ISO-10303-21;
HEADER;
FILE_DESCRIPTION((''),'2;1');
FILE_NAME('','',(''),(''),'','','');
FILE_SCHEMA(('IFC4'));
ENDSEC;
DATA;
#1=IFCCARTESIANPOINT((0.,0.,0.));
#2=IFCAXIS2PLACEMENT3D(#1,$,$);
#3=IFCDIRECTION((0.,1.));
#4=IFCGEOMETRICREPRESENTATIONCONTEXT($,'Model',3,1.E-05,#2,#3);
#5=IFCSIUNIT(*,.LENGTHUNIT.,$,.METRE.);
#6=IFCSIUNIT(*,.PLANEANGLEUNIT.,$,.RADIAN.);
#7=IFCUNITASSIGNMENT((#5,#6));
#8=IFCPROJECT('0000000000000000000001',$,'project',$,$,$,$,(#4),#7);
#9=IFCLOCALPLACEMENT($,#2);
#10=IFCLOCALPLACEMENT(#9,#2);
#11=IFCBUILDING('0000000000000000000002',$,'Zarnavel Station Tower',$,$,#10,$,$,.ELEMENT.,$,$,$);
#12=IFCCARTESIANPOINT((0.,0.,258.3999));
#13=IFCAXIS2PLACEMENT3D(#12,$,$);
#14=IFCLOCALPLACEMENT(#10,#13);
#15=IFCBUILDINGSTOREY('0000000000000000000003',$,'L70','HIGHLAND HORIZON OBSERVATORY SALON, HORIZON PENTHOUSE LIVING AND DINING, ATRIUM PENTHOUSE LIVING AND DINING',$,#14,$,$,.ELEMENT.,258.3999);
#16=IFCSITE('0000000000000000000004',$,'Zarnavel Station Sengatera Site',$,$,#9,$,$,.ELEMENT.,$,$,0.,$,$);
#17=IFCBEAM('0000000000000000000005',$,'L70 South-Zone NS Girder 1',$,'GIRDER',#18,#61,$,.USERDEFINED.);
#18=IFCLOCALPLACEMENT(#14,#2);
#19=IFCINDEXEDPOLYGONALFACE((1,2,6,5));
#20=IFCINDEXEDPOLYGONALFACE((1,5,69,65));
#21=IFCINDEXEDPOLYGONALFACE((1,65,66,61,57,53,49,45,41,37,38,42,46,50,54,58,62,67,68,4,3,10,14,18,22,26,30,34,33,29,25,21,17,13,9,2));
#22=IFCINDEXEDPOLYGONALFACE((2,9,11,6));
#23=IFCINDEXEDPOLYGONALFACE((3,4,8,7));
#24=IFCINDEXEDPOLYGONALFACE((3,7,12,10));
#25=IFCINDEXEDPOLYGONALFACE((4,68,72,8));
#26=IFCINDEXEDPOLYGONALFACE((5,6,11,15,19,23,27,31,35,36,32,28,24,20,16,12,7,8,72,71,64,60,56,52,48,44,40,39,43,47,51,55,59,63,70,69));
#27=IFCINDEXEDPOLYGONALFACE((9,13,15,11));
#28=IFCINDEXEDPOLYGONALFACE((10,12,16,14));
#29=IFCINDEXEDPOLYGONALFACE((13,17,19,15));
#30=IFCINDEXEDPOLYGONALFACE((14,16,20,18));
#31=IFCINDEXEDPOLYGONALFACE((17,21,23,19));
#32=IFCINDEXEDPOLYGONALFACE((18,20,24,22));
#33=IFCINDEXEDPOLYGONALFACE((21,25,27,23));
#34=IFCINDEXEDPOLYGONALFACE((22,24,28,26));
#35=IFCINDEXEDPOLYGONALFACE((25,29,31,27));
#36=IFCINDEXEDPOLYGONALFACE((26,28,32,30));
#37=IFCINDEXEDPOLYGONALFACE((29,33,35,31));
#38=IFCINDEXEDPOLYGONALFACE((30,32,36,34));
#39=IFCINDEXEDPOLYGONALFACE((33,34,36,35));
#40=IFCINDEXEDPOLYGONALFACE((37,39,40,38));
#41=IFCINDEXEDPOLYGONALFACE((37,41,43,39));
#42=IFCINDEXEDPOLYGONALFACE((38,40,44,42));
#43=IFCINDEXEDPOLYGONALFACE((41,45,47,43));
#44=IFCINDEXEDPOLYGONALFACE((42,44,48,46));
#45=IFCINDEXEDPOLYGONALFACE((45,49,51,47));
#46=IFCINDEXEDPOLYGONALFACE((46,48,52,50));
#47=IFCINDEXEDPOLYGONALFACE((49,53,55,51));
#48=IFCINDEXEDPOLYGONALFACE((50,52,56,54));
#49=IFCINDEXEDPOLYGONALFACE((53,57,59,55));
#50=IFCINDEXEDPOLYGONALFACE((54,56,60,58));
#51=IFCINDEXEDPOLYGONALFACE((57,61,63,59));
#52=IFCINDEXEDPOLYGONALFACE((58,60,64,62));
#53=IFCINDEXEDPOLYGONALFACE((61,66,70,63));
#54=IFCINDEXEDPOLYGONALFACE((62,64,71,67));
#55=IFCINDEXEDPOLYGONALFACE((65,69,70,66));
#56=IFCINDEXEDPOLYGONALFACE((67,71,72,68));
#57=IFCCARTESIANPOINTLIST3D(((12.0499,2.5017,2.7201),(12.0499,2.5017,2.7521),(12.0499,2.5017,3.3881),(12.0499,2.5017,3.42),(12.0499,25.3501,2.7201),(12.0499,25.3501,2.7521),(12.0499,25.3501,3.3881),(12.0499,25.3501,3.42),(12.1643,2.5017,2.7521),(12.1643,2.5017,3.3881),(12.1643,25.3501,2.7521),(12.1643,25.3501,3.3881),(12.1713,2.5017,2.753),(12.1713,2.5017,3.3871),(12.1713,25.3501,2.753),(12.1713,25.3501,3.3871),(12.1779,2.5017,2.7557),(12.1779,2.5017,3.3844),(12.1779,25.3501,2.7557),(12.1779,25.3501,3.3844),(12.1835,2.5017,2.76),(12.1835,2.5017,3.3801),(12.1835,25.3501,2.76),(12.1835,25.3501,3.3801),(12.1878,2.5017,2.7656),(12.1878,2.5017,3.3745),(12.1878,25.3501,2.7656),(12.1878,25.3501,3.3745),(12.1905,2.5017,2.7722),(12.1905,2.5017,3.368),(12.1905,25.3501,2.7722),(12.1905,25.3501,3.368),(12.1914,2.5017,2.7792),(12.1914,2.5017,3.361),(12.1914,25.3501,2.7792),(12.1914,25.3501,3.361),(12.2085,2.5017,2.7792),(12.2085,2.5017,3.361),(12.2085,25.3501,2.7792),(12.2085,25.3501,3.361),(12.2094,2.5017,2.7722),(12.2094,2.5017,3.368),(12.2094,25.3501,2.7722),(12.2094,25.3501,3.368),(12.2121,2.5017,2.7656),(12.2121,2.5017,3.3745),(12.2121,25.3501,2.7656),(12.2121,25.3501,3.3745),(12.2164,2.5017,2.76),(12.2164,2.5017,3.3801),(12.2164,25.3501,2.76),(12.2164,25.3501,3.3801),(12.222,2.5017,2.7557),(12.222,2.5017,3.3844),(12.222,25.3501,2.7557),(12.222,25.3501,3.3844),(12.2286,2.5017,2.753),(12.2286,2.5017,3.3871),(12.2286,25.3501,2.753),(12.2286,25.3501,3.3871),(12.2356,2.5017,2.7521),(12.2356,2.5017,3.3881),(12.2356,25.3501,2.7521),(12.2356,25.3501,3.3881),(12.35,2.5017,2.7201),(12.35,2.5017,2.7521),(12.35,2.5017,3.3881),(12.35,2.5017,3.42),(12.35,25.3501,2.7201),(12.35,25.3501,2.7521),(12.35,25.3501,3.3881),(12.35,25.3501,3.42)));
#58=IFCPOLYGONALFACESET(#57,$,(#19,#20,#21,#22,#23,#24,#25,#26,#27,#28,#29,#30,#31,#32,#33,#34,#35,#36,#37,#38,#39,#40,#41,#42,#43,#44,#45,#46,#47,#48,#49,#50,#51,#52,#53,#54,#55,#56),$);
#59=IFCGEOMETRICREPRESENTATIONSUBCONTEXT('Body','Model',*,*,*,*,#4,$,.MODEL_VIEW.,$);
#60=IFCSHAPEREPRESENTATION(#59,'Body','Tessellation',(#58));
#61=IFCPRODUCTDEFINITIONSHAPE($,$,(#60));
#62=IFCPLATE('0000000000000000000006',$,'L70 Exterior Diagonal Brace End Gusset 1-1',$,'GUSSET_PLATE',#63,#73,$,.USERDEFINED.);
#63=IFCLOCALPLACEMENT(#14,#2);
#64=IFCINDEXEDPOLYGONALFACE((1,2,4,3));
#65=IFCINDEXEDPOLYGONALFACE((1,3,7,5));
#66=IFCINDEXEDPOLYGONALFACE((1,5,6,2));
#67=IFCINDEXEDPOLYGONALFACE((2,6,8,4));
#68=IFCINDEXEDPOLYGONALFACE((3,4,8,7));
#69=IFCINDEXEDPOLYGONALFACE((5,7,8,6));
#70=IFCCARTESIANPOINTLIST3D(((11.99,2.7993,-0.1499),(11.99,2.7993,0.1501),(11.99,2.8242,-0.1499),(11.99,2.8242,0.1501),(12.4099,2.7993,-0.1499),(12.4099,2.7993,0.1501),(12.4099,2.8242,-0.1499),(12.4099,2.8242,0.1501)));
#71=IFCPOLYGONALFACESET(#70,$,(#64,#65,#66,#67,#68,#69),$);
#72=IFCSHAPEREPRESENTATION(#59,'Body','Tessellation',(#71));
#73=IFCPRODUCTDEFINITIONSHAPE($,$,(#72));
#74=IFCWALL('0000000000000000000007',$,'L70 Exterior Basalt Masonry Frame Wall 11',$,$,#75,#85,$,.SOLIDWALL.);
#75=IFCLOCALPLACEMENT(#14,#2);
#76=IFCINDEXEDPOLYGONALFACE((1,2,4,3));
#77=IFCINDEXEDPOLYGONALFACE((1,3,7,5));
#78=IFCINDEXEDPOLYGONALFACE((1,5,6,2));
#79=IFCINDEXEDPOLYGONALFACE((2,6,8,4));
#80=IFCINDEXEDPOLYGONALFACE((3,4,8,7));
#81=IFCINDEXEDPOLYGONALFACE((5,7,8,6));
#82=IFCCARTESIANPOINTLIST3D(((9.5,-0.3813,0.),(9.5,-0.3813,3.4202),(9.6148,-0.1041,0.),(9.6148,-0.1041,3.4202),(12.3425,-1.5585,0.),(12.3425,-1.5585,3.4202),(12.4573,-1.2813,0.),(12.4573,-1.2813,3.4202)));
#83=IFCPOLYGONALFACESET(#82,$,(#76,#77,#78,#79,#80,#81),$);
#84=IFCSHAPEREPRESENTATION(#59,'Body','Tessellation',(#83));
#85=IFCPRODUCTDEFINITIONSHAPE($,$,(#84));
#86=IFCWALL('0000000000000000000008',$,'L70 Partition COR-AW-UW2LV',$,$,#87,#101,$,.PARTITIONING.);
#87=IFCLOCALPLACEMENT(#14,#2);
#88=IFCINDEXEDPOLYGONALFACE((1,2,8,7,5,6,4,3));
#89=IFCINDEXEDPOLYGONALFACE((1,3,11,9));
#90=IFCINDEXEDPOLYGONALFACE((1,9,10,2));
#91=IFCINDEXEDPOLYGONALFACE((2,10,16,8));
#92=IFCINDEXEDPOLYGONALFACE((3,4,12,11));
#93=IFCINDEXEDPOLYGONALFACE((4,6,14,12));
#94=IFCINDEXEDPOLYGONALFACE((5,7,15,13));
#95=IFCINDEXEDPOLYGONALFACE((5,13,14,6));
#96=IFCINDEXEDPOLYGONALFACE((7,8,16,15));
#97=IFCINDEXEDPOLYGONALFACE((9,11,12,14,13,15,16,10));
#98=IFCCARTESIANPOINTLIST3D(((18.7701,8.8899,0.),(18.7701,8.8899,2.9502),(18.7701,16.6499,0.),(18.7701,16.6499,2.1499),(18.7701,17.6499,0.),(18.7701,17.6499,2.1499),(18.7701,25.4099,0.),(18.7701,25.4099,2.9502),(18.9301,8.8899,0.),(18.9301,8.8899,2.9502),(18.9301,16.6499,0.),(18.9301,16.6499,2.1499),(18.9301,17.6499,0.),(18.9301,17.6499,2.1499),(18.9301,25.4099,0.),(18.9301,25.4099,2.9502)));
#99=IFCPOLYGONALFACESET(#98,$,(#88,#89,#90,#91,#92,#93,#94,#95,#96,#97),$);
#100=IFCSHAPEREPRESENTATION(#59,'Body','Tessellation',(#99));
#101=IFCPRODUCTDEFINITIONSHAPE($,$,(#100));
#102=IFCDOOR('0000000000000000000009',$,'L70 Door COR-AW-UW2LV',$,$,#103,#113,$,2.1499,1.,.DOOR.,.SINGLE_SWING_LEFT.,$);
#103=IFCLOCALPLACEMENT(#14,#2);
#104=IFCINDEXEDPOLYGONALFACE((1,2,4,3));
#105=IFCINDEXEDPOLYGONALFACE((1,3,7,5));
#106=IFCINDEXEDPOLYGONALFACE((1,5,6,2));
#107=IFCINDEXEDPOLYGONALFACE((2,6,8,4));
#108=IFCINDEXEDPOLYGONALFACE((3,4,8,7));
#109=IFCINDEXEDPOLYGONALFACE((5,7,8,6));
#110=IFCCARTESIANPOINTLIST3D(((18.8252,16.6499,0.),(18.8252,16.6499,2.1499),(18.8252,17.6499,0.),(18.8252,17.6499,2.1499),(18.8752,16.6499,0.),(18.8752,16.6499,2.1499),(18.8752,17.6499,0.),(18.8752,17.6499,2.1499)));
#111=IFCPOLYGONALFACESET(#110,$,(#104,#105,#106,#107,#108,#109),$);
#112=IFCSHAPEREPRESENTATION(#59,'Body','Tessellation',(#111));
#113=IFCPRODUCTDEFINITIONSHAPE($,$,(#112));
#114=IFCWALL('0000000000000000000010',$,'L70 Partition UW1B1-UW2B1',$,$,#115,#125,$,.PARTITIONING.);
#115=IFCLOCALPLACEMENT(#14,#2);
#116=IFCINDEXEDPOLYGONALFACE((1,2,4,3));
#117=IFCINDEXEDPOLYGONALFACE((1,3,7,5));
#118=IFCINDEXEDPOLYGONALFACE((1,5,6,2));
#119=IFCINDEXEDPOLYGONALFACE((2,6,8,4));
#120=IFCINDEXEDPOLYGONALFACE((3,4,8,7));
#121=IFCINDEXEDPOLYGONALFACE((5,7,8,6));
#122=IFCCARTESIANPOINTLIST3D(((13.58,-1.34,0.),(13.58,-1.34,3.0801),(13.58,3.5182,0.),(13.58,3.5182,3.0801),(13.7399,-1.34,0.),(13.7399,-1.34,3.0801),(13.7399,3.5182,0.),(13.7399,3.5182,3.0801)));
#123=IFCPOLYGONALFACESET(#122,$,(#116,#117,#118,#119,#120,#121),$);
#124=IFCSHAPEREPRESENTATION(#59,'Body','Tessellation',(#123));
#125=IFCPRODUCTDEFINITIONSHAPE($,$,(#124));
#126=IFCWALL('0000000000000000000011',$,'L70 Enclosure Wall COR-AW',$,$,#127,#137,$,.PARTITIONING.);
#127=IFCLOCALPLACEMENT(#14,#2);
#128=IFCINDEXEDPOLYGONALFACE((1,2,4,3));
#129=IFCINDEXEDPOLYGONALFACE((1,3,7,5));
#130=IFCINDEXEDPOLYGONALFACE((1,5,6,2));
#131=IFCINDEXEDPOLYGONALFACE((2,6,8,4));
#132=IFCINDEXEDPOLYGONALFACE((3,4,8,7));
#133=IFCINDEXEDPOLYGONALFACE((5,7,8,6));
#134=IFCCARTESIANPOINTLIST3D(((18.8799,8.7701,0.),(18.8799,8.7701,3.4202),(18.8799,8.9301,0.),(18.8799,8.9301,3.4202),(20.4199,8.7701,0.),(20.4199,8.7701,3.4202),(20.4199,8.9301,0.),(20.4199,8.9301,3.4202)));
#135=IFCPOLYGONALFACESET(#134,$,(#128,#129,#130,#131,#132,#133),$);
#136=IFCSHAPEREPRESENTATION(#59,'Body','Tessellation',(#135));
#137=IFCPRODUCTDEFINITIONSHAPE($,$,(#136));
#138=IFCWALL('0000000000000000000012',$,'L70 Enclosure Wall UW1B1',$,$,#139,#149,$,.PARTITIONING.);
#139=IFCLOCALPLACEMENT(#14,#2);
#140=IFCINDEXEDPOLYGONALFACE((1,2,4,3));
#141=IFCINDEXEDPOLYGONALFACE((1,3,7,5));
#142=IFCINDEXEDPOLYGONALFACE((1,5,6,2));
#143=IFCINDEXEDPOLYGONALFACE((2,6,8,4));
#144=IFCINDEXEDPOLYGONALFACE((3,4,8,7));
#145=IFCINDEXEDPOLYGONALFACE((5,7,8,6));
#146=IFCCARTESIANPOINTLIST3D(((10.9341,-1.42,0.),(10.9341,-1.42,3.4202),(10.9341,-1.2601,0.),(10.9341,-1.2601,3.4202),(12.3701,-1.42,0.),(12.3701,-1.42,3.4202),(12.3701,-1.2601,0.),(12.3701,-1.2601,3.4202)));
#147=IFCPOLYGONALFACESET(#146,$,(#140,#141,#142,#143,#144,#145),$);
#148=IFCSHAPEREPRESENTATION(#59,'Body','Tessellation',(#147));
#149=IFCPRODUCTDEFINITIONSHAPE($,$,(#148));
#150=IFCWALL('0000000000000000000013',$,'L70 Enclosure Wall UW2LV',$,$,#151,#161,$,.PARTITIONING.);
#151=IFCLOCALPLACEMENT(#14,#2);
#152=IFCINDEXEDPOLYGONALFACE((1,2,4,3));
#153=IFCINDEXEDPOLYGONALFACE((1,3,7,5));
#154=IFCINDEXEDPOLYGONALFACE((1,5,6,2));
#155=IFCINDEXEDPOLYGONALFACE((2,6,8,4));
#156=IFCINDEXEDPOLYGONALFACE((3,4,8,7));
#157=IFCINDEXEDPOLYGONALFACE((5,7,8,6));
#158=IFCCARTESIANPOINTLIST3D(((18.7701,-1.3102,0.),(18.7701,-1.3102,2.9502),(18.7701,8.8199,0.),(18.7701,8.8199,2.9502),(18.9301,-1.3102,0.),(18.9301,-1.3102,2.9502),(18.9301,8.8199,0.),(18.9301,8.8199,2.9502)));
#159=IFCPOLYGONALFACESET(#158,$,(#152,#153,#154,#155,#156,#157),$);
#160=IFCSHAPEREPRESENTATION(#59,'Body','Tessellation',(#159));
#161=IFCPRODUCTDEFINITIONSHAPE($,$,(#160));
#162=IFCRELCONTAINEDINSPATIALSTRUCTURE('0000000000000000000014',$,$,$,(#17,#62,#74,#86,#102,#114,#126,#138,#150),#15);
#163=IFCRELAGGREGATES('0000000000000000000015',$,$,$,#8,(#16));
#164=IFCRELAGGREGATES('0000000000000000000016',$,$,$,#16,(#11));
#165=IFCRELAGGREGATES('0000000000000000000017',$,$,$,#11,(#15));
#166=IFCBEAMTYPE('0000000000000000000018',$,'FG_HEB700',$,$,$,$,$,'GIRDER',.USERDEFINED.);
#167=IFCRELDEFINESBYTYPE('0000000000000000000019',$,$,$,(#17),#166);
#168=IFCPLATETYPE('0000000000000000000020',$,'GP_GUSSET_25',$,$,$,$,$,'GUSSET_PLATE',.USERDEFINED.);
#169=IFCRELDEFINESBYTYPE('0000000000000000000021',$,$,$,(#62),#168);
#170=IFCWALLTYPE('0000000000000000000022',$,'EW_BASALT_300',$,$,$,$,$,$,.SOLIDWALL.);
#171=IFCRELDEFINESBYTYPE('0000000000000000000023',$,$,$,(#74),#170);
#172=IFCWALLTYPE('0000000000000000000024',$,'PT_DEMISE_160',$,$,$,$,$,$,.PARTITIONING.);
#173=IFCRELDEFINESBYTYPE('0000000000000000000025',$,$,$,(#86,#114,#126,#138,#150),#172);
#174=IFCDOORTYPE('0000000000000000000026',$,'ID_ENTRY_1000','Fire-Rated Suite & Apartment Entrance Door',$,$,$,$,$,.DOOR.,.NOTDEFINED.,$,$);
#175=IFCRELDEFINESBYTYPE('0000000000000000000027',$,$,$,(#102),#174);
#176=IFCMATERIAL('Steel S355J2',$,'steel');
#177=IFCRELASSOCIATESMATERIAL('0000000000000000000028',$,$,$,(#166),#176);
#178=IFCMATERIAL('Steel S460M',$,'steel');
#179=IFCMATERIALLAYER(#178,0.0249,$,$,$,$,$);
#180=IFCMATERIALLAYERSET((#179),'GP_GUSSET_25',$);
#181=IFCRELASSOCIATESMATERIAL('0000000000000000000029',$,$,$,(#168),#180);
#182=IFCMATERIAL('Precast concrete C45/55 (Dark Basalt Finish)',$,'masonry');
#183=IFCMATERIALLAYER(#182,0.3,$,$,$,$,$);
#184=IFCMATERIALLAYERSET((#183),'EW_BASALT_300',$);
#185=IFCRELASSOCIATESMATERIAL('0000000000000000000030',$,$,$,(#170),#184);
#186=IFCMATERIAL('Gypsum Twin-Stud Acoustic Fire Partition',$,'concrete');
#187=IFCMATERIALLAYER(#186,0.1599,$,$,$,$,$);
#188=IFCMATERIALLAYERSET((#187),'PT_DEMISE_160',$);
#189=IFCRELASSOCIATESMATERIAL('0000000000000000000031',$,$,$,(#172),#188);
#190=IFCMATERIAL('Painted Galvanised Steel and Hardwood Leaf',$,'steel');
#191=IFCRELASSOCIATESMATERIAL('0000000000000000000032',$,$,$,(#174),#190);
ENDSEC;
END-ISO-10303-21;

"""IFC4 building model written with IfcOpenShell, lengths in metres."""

from ifc_helpers import new_model, si_unit, direction, frame, frame_2d, origin, origin_2d, place, context, subcontext, project, spatial, rectangle, i_section, extrude, material, layer, layer_set, material_profile, profile_set, type_object, element, fill, save


model = new_model("IFC4")

# Units and contexts
model_context = context("Model", 3, precision=1e-05, world=origin(), true_north=direction((0.0, 1.0)))
body_context = subcontext(model_context, "Body", "Model", "MODEL_VIEW")
ifc_project = project(units=[si_unit("LENGTHUNIT", "METRE"), si_unit("PLANEANGLEUNIT", "RADIAN")], contexts=[model_context])

# Site, building, storey
site_placement = place(None, origin())
site = spatial("IfcSite", under=ifc_project, at=site_placement, Name="Zarnavel Station Sengatera Site", CompositionType="ELEMENT", RefElevation=0.0)
building_placement = place(site_placement, origin())
building = spatial("IfcBuilding", under=site, at=building_placement, Name="Zarnavel Station Tower", CompositionType="ELEMENT")
storey_placement = place(building_placement, frame((0.0, 0.0, 258.3999)))
storey = spatial("IfcBuildingStorey", under=building, at=storey_placement, Name="L70", Description="HIGHLAND HORIZON OBSERVATORY SALON, HORIZON PENTHOUSE LIVING AND DINING, ATRIUM PENTHOUSE LIVING AND DINING", CompositionType="ELEMENT", Elevation=258.3999)

# Beam
ifc_material_1 = material(Name="Steel S355J2", Category="steel")
ifc_material_profile_1 = material_profile(ifc_material_1, i_section(OverallWidth=0.3, OverallDepth=0.7, WebThickness=0.0171, FlangeThickness=0.032, FilletRadius=0.0271, at=origin_2d()), Name="HEB700")
ifc_profile_set_1 = profile_set([ifc_material_profile_1], Name="Steel S355J2")
beam_type_1 = type_object("IfcBeamType", Name="FG_HEB700", ElementType="GIRDER", PredefinedType="USERDEFINED", material=ifc_profile_set_1)
beam_1_placement = place(storey_placement, frame((12.2, 2.5017, 3.0701), z_axis=(0.0, 1.0, 0.0), x_axis=(-1.0, 0.0, 0.0)))
element("IfcBeam", 1, at=beam_1_placement, inside=storey, type_object=beam_type_1, Name="L70 South-Zone NS Girder 1", ObjectType="GIRDER", PredefinedType="USERDEFINED", context=body_context, shape_type="SweptSolid", body=[
    extrude(i_section(OverallWidth=0.3, OverallDepth=0.7, WebThickness=0.0171, FlangeThickness=0.032, FilletRadius=0.0271, at=origin_2d()), origin(), (0.0, 0.0, 1.0), 22.8484),
])

# Plate
ifc_material_2 = material(Name="Steel S460M", Category="steel")
ifc_layer_1 = layer(ifc_material_2, 0.0249)
ifc_layer_set_1 = layer_set([ifc_layer_1], Name="GP_GUSSET_25")
plate_type = type_object("IfcPlateType", Name="GP_GUSSET_25", ElementType="GUSSET_PLATE", PredefinedType="USERDEFINED", material=ifc_layer_set_1)
plate_placement = place(storey_placement, frame((12.2, 2.8118, -0.1499), z_axis=(0.0, 0.0, 1.0), x_axis=(1.0, 0.0, 0.0)))
element("IfcPlate", 2, at=plate_placement, inside=storey, type_object=plate_type, Name="L70 Exterior Diagonal Brace End Gusset 1-1", ObjectType="GUSSET_PLATE", PredefinedType="USERDEFINED", context=body_context, shape_type="SweptSolid", body=[
    extrude(rectangle(XDim=0.4199, YDim=0.0249, at=origin_2d()), origin(), (0.0, 0.0, 1.0), 0.3),
])

# Wall
ifc_material_3 = material(Name="Precast concrete C45/55 (Dark Basalt Finish)", Category="masonry")
ifc_layer_2 = layer(ifc_material_3, 0.3)
ifc_layer_set_2 = layer_set([ifc_layer_2], Name="EW_BASALT_300")
wall_type_1 = type_object("IfcWallType", Name="EW_BASALT_300", PredefinedType="SOLIDWALL", material=ifc_layer_set_2)
wall_1_placement = place(storey_placement, frame((12.3999, -1.4199, 0.0), z_axis=(0.0, 0.0, 1.0), x_axis=(-0.923899, 0.382637, 0.0)))
element("IfcWall", 3, at=wall_1_placement, inside=storey, type_object=wall_type_1, Name="L70 Exterior Basalt Masonry Frame Wall 11", PredefinedType="SOLIDWALL", context=body_context, shape_type="SweptSolid", body=[
    extrude(rectangle(XDim=3.0767, YDim=0.3, at=frame_2d((1.5383, 0.0))), origin(), (0.0, 0.0, 1.0), 3.4202),
])

# Wall, opening, door
ifc_material_4 = material(Name="Gypsum Twin-Stud Acoustic Fire Partition", Category="concrete")
ifc_layer_3 = layer(ifc_material_4, 0.1599)
ifc_layer_set_3 = layer_set([ifc_layer_3], Name="PT_DEMISE_160")
wall_type_2 = type_object("IfcWallType", Name="PT_DEMISE_160", PredefinedType="PARTITIONING", material=ifc_layer_set_3)
wall_2_placement = place(storey_placement, frame((18.8501, 8.8899, 0.0), z_axis=(0.0, 0.0, 1.0), x_axis=(0.0, 1.0, 0.0)))
wall_2 = element("IfcWall", 4, at=wall_2_placement, inside=storey, type_object=wall_type_2, Name="L70 Partition COR-AW-UW2LV", PredefinedType="PARTITIONING", context=body_context, shape_type="SweptSolid", body=[
    extrude(rectangle(XDim=16.52, YDim=0.1599, at=frame_2d((8.26, 0.0))), origin(), (0.0, 0.0, 1.0), 2.9502),
])
opening_1_placement = place(wall_2_placement, frame((7.76, 0.0, 0.0)))
opening_1 = element("IfcOpeningElement", 5, at=opening_1_placement, cuts=wall_2, PredefinedType="OPENING", context=body_context, shape_type="SweptSolid", body=[
    extrude(rectangle(XDim=1.0, YDim=2.1499, at=frame_2d((0.5, 1.075))), frame((0.0, 0.0898, 0.0), z_axis=(0.0, -1.0, 0.0), x_axis=(1.0, 0.0, 0.0)), (0.0, 0.0, 1.0), 0.1799),
])
ifc_material_5 = material(Name="Painted Galvanised Steel and Hardwood Leaf", Category="steel")
door_type_1 = type_object("IfcDoorType", Name="ID_ENTRY_1000", Description="Fire-Rated Suite & Apartment Entrance Door", OperationType="NOTDEFINED", PredefinedType="DOOR", material=ifc_material_5)
door_1_placement = place(opening_1_placement, origin())
door_1 = element("IfcDoor", 6, at=door_1_placement, inside=storey, type_object=door_type_1, Name="L70 Door COR-AW-UW2LV", OperationType="SINGLE_SWING_LEFT", OverallHeight=2.1499, OverallWidth=1.0, PredefinedType="DOOR", context=body_context, shape_type="SweptSolid", body=[
    extrude(rectangle(XDim=1.0, YDim=2.1499, at=frame_2d((0.5, 1.075))), frame((0.0, 0.0249, 0.0), z_axis=(0.0, -1.0, 0.0), x_axis=(1.0, 0.0, 0.0)), (0.0, 0.0, 1.0), 0.05),
])
fill(opening_1, door_1)

# Walls
wall_3_placement = place(storey_placement, frame((13.6599, -1.3401, 0.0), z_axis=(0.0, 0.0, 1.0), x_axis=(0.0, 1.0, 0.0)))
element("IfcWall", 7, at=wall_3_placement, inside=storey, type_object=wall_type_2, Name="L70 Partition UW1B1-UW2B1", PredefinedType="PARTITIONING", context=body_context, shape_type="SweptSolid", body=[
    extrude(rectangle(XDim=4.8582, YDim=0.1599, at=frame_2d((2.4292, 0.0))), origin(), (0.0, 0.0, 1.0), 3.0801),
])
wall_4_placement = place(storey_placement, frame((18.8799, 8.8501, 0.0), z_axis=(0.0, 0.0, 1.0), x_axis=(1.0, 0.0, 0.0)))
element("IfcWall", 8, at=wall_4_placement, inside=storey, type_object=wall_type_2, Name="L70 Enclosure Wall COR-AW", PredefinedType="PARTITIONING", context=body_context, shape_type="SweptSolid", body=[
    extrude(rectangle(XDim=1.54, YDim=0.1599, at=frame_2d((0.77, 0.0))), origin(), (0.0, 0.0, 1.0), 3.4202),
])
wall_5_placement = place(storey_placement, frame((10.9341, -1.3401, 0.0), z_axis=(0.0, 0.0, 1.0), x_axis=(1.0, 0.0, 0.0)))
element("IfcWall", 9, at=wall_5_placement, inside=storey, type_object=wall_type_2, Name="L70 Enclosure Wall UW1B1", PredefinedType="PARTITIONING", context=body_context, shape_type="SweptSolid", body=[
    extrude(rectangle(XDim=1.436, YDim=0.1599, at=frame_2d((0.718, 0.0))), origin(), (0.0, 0.0, 1.0), 3.4202),
])
wall_6_placement = place(storey_placement, frame((18.8501, -1.3101, 0.0), z_axis=(0.0, 0.0, 1.0), x_axis=(0.0, 1.0, 0.0)))
element("IfcWall", 10, at=wall_6_placement, inside=storey, type_object=wall_type_2, Name="L70 Enclosure Wall UW2LV", PredefinedType="PARTITIONING", context=body_context, shape_type="SweptSolid", body=[
    extrude(rectangle(XDim=10.1301, YDim=0.1599, at=frame_2d((5.0649, 0.0))), origin(), (0.0, 0.0, 1.0), 2.9502),
])

save(model, "model.ifc")
